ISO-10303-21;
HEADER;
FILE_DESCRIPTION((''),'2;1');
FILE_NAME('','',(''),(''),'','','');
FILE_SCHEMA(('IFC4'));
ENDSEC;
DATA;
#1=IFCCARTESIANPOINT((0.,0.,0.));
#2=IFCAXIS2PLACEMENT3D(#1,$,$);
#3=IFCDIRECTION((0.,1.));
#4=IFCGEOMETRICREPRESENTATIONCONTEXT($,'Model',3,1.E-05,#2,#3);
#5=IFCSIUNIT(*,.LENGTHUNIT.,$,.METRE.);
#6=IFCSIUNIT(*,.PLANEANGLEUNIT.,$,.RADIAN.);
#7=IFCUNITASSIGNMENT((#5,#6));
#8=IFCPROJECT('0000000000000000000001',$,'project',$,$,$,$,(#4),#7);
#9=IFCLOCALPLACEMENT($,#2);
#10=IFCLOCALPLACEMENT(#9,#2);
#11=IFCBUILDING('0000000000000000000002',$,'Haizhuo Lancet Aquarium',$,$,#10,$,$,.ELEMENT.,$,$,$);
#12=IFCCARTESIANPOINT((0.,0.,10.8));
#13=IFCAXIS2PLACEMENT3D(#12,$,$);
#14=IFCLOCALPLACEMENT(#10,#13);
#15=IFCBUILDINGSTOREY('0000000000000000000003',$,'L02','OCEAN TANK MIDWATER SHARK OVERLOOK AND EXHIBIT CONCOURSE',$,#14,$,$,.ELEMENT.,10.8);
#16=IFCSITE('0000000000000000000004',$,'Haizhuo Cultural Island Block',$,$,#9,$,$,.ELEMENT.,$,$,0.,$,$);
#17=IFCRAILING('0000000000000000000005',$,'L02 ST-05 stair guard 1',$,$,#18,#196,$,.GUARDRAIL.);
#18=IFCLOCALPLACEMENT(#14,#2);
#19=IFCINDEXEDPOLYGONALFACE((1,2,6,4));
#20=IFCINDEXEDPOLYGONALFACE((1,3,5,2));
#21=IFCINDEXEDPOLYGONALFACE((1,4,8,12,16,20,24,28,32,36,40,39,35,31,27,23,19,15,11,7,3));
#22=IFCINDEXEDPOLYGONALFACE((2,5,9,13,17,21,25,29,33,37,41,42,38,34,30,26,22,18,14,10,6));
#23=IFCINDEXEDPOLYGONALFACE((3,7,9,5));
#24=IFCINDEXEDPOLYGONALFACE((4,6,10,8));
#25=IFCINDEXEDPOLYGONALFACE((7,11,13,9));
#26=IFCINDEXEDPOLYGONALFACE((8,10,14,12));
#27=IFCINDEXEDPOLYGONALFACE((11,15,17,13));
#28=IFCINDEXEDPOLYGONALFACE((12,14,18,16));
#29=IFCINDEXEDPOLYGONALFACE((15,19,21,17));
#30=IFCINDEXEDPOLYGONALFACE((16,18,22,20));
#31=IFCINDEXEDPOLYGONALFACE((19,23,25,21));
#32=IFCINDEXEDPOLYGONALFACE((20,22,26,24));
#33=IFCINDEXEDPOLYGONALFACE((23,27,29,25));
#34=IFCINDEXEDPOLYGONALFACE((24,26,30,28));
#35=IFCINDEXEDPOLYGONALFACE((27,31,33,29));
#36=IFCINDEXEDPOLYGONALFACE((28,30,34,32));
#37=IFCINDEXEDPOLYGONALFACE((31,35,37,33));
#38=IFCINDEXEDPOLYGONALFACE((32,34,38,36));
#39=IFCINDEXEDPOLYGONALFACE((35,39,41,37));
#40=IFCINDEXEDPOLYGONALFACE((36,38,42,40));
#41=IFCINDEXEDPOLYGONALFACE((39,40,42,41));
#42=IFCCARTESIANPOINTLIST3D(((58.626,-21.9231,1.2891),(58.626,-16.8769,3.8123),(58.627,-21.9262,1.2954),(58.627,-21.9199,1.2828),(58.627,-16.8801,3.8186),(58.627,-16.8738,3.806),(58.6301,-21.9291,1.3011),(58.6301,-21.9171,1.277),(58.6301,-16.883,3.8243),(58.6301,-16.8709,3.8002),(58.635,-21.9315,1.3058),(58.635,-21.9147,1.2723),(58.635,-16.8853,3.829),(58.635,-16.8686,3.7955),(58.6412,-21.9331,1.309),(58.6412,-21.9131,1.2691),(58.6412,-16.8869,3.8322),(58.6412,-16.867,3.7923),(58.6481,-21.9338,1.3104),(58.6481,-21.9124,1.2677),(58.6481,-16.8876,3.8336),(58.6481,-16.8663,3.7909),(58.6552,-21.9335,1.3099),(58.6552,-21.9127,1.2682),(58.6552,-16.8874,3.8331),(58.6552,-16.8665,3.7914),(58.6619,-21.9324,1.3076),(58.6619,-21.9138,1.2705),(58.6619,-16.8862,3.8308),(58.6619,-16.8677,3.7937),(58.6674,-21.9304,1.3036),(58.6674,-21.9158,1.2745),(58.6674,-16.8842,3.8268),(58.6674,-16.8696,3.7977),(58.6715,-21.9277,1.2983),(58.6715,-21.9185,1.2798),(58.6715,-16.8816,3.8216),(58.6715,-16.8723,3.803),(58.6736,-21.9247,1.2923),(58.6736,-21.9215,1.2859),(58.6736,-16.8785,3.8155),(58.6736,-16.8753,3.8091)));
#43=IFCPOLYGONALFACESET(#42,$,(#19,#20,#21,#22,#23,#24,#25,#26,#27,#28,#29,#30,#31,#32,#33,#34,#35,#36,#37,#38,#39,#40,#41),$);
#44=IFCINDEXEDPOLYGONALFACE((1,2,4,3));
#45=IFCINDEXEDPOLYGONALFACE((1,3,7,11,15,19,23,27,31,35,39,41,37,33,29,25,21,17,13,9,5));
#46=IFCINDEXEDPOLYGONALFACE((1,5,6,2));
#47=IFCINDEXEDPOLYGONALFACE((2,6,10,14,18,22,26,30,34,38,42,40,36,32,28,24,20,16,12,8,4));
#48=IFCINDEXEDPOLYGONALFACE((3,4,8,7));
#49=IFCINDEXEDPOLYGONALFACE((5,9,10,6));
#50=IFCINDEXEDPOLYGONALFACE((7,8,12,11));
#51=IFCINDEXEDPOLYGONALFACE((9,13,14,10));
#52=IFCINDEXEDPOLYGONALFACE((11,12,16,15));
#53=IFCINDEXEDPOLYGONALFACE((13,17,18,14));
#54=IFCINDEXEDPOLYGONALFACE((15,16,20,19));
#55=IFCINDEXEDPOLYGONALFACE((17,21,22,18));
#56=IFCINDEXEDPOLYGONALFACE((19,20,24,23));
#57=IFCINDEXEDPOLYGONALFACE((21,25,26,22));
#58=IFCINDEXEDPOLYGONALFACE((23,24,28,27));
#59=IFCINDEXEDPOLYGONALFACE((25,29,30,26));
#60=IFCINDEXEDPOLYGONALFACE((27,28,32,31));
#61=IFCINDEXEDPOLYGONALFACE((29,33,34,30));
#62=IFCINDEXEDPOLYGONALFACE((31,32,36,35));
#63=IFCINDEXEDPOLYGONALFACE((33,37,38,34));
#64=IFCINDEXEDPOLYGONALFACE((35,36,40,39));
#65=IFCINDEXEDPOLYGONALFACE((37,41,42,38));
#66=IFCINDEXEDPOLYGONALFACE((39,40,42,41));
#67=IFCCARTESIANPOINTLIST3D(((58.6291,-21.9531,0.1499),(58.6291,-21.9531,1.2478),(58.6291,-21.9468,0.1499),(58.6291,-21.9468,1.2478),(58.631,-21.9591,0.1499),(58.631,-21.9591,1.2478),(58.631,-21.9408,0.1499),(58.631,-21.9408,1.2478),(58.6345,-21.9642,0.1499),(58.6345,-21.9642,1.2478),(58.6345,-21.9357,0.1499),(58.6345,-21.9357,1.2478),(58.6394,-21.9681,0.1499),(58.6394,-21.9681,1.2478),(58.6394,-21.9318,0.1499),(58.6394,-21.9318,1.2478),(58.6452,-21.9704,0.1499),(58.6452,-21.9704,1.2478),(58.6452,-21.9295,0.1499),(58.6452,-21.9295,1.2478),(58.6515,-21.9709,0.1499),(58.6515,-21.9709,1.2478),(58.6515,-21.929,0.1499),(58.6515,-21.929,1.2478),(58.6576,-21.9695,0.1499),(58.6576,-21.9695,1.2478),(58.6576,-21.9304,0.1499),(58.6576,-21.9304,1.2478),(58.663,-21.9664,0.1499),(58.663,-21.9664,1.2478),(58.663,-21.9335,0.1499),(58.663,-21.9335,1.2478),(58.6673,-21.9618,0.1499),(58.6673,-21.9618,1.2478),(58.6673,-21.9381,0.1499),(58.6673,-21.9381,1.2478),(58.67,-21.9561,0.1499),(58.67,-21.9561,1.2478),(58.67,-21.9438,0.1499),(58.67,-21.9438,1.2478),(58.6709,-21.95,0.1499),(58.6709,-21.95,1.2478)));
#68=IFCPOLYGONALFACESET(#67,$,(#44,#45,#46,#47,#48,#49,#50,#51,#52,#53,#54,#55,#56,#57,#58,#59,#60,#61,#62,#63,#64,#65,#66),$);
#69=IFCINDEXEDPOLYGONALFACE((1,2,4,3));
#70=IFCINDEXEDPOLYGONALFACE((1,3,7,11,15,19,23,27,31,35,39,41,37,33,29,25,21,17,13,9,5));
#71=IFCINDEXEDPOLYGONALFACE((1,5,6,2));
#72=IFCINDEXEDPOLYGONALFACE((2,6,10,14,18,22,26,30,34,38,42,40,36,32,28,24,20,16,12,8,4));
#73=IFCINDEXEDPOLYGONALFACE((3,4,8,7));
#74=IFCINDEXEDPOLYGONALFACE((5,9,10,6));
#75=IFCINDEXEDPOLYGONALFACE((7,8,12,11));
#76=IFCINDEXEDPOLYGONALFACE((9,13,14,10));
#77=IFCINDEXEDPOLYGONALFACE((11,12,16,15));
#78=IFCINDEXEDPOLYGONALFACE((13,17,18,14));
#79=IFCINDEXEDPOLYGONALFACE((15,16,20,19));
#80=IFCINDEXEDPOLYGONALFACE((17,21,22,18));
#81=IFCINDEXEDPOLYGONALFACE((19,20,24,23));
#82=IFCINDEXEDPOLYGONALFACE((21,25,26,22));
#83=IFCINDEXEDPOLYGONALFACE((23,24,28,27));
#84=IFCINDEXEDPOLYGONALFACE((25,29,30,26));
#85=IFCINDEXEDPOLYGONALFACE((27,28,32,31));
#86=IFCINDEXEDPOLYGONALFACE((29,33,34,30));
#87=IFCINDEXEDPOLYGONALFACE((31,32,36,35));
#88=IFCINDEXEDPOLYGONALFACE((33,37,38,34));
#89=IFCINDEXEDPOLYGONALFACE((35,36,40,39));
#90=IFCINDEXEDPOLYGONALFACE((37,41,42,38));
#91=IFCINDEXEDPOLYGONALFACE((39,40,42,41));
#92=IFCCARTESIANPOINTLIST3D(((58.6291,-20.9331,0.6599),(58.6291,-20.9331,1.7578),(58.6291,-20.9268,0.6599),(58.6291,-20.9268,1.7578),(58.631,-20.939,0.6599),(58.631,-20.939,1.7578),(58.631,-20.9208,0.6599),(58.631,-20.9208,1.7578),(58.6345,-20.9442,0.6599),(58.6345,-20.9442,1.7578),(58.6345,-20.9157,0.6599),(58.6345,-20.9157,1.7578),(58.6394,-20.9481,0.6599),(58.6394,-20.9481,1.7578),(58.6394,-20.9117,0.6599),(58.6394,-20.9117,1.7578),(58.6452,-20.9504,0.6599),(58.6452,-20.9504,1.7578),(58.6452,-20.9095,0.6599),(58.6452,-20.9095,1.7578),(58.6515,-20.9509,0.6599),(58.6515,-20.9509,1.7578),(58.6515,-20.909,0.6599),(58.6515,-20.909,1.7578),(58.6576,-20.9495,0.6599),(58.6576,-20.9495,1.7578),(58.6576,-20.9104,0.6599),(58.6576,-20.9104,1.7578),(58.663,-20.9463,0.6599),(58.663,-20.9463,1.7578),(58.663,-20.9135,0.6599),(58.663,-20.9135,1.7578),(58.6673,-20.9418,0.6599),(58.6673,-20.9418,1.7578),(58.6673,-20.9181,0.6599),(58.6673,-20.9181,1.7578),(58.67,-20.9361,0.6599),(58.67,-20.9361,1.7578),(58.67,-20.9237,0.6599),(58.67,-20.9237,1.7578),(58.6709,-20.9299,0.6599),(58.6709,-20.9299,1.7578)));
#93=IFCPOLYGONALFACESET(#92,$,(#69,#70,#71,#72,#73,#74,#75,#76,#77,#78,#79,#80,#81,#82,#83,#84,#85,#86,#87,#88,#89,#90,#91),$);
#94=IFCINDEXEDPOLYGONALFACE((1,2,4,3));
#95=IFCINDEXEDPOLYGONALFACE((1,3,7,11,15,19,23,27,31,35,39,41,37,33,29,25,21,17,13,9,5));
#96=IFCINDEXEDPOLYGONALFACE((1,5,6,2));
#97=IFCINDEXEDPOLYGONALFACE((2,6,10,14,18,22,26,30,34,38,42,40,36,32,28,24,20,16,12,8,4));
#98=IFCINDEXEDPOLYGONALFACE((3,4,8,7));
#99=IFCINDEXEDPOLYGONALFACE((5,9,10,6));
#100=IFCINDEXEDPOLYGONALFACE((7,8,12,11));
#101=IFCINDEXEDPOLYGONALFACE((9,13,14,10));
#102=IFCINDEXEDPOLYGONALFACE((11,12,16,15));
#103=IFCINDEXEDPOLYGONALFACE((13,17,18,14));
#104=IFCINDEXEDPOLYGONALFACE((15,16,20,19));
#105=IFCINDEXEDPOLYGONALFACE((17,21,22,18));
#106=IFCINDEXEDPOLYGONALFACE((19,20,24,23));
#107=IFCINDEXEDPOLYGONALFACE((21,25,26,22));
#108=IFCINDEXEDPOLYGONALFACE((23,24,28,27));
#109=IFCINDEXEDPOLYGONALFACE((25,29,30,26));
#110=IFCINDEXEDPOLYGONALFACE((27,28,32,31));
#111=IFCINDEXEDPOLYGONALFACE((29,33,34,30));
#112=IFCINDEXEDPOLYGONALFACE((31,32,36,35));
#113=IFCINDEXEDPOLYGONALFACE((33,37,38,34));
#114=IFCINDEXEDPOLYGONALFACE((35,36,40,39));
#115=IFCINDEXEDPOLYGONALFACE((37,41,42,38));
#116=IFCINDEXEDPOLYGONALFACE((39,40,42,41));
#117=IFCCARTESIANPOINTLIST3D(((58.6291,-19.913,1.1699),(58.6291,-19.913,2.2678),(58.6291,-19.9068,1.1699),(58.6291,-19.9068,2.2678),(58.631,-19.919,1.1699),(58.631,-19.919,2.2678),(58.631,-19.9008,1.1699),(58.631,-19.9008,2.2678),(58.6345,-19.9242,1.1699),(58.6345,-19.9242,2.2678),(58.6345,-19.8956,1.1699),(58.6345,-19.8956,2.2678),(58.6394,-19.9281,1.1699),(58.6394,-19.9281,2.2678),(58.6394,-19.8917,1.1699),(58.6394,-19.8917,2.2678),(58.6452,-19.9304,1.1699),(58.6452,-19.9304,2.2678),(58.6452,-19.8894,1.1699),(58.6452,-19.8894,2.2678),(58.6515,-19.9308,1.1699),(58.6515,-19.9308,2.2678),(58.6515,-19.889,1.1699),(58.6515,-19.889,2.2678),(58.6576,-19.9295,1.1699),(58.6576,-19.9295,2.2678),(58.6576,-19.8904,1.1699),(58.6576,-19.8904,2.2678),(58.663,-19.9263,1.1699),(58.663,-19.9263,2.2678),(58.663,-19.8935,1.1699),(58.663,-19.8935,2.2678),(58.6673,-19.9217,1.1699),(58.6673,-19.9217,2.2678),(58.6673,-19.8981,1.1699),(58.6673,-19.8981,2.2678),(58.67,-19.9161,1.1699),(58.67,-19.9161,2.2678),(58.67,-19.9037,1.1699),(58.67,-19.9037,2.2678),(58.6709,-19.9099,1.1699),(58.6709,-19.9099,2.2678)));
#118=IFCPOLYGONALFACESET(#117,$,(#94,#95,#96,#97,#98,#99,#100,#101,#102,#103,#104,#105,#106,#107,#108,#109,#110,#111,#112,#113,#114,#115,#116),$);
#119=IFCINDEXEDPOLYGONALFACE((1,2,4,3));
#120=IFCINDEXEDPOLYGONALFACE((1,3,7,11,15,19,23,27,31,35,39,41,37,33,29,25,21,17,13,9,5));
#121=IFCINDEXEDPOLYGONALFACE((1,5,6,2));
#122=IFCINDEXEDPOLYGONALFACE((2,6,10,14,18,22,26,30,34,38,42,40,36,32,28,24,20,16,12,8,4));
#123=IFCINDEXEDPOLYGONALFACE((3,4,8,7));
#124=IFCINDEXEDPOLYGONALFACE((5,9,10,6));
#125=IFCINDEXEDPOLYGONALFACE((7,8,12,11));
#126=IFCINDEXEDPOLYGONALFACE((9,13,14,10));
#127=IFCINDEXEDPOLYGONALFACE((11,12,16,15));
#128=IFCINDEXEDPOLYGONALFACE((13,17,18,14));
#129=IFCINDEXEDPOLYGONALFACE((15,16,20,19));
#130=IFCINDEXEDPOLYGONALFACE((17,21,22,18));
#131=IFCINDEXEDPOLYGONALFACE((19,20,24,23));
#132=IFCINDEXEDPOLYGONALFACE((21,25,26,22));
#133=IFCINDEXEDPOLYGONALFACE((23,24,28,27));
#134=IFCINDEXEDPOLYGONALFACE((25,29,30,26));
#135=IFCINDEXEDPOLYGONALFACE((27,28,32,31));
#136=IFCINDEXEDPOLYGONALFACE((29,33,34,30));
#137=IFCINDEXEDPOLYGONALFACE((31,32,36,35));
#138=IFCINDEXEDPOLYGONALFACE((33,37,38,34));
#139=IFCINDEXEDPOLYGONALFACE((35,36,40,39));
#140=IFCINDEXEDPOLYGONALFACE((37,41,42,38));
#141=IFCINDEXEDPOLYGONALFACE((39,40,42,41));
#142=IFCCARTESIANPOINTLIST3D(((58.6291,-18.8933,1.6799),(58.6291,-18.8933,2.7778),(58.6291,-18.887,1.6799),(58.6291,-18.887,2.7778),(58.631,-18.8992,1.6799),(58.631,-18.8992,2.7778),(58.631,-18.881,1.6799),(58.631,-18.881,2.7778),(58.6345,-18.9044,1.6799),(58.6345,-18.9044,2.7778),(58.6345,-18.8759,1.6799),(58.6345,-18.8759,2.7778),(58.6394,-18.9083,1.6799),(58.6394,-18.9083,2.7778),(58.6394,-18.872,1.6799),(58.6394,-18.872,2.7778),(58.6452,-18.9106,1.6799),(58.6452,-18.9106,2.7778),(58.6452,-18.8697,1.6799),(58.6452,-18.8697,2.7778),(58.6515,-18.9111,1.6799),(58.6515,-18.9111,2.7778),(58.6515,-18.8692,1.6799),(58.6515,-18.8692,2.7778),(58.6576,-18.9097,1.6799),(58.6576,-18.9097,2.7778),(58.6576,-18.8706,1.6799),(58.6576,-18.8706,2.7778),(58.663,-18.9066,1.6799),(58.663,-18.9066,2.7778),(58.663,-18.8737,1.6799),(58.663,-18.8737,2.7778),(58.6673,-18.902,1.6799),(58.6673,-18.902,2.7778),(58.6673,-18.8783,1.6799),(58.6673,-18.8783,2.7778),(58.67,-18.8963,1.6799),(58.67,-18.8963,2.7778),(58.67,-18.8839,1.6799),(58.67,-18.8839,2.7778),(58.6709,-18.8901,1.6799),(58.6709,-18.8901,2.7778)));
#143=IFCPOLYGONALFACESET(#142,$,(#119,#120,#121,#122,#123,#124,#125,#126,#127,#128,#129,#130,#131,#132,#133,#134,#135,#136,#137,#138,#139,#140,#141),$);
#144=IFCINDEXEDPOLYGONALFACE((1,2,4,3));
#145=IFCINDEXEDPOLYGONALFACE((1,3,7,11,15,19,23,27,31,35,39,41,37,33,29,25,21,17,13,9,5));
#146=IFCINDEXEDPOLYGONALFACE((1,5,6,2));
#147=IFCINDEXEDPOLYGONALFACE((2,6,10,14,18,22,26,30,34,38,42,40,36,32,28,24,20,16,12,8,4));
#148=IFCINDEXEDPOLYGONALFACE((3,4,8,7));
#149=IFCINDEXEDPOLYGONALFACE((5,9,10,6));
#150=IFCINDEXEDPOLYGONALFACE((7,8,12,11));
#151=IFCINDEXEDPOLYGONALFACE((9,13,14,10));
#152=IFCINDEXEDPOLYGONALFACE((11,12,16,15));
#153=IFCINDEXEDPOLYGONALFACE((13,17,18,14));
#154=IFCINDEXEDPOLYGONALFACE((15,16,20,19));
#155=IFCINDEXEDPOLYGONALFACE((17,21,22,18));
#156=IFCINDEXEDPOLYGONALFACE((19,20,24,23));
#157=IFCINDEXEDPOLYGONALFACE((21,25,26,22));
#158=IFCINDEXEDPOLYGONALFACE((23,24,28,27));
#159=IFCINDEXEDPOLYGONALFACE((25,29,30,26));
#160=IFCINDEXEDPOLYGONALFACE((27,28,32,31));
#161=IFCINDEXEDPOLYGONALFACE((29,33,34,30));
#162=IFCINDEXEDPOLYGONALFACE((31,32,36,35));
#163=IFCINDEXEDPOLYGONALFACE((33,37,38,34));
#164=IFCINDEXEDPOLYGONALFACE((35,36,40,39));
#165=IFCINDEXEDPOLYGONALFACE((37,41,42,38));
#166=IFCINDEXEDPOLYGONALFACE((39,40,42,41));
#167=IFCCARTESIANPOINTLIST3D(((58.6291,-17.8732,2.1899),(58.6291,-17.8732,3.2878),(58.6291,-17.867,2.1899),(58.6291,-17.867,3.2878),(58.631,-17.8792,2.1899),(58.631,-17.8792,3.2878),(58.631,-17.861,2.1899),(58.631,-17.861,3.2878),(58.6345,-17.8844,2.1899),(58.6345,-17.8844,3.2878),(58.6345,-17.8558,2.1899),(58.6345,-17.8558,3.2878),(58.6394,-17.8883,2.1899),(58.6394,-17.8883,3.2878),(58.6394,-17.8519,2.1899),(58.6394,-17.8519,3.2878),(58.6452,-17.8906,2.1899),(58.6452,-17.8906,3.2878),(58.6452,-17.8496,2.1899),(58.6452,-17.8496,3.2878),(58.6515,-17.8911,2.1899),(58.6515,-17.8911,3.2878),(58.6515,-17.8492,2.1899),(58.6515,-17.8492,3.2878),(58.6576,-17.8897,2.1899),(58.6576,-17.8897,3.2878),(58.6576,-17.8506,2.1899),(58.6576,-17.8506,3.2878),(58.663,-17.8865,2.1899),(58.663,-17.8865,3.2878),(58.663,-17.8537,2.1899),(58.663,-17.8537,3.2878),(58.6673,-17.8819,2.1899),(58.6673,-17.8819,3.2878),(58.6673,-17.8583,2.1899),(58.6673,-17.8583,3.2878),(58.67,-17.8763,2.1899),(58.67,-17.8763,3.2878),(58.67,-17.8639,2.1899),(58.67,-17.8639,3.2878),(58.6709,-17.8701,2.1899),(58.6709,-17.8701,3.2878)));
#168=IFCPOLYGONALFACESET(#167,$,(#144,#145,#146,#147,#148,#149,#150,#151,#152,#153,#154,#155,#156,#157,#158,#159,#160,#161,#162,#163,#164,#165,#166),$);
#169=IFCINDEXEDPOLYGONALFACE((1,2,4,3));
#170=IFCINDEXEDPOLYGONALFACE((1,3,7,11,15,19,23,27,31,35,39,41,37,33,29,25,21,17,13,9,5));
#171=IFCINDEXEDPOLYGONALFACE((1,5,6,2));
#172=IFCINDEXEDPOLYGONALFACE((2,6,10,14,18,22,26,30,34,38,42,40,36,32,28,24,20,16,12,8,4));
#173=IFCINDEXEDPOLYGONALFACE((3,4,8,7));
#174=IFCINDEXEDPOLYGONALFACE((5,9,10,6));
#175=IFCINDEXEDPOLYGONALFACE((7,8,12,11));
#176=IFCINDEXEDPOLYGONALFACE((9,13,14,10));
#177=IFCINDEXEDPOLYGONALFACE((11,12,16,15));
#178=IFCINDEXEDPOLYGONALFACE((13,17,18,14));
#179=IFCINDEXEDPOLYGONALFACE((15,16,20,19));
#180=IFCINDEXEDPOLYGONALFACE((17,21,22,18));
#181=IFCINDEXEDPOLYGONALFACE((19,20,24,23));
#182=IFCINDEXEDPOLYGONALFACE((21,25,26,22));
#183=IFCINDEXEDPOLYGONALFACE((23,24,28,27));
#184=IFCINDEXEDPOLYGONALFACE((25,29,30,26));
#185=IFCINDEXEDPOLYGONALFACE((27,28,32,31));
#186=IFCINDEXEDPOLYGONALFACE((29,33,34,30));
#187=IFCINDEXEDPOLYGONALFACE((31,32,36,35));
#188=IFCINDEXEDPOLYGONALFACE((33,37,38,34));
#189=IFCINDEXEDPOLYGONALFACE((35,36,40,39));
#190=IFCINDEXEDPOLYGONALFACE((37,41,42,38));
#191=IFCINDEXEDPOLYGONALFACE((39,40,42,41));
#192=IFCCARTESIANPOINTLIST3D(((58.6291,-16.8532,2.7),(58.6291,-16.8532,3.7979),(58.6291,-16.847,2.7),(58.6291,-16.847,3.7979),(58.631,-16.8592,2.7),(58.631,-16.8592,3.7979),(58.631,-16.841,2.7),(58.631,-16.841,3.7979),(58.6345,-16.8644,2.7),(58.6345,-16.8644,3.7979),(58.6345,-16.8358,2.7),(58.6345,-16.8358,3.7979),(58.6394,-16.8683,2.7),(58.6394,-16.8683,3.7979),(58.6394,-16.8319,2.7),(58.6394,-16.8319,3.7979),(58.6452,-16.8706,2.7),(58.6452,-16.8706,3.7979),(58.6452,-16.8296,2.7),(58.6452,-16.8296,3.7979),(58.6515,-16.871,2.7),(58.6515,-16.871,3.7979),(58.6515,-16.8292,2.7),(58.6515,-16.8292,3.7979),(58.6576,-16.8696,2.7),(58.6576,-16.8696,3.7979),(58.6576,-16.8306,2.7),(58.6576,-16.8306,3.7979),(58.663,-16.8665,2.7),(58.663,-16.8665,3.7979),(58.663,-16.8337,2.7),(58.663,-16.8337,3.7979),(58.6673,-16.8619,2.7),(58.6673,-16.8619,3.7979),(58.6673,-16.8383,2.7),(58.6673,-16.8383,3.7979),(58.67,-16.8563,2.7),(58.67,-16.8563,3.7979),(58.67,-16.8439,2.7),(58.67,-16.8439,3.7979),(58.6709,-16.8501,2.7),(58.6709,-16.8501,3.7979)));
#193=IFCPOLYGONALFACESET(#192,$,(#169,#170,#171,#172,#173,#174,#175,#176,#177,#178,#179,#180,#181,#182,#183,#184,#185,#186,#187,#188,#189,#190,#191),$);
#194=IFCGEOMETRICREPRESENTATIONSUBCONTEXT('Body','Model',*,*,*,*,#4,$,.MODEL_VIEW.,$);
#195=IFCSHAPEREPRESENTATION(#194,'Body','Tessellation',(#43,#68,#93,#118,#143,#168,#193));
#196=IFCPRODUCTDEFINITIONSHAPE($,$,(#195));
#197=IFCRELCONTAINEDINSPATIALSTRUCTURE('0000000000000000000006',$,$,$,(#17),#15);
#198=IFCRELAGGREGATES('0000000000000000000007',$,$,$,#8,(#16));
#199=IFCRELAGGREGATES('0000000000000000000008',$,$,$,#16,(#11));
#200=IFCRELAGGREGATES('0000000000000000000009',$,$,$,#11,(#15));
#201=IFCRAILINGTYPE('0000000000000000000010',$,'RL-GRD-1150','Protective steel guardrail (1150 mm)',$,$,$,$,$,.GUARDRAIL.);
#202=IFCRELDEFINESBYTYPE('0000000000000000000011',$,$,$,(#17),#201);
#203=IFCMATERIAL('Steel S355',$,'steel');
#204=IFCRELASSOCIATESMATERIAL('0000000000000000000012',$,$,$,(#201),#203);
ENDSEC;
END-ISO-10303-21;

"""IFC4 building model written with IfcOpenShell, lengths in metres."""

from ifc_helpers import new_model, si_unit, direction, frame, origin, origin_2d, place, context, subcontext, project, spatial, circle, extrude, material, type_object, element, save


model = new_model("IFC4")

# Units and contexts
model_context = context("Model", 3, precision=1e-05, world=origin(), true_north=direction((0.0, 1.0)))
body_context = subcontext(model_context, "Body", "Model", "MODEL_VIEW")
ifc_project = project(units=[si_unit("LENGTHUNIT", "METRE"), si_unit("PLANEANGLEUNIT", "RADIAN")], contexts=[model_context])

# Site, building, storey
site_placement = place(None, origin())
site = spatial("IfcSite", under=ifc_project, at=site_placement, Name="Haizhuo Cultural Island Block", CompositionType="ELEMENT", RefElevation=0.0)
building_placement = place(site_placement, origin())
building = spatial("IfcBuilding", under=site, at=building_placement, Name="Haizhuo Lancet Aquarium", CompositionType="ELEMENT")
storey_placement = place(building_placement, frame((0.0, 0.0, 10.8)))
storey = spatial("IfcBuildingStorey", under=building, at=storey_placement, Name="L02", Description="OCEAN TANK MIDWATER SHARK OVERLOOK AND EXHIBIT CONCOURSE", CompositionType="ELEMENT", Elevation=10.8)

# Shared definitions
ifc_material_1 = material(Name="Steel S355", Category="steel")

# Railing
railing_type_1 = type_object("IfcRailingType", Name="RL-GRD-1150", Description="Protective steel guardrail (1150 mm)", PredefinedType="GUARDRAIL", material=ifc_material_1)
railing_1_placement = place(storey_placement, frame((58.6499, -21.95, 0.1499)))
element("IfcRailing", 1, at=railing_1_placement, inside=storey, type_object=railing_type_1, Name="L02 ST-05 stair guard 1", PredefinedType="GUARDRAIL", context=body_context, shape_type="SweptSolid", body=[
    extrude(circle(Radius=0.0239, at=origin_2d()), frame((0.0, 0.0269, 1.1392), z_axis=(0.0, 0.894419, 0.447231), x_axis=(-1.0, 0.0, 0.0)), (0.0, 0.0, 1.0), 5.6418),
    extrude(circle(Radius=0.021, at=origin_2d()), origin(), (0.0, 0.0, 1.0), 1.0979),
    extrude(circle(Radius=0.021, at=origin_2d()), frame((0.0, 1.02, 0.51)), (0.0, 0.0, 1.0), 1.0979),
    extrude(circle(Radius=0.021, at=origin_2d()), frame((0.0, 2.04, 1.02)), (0.0, 0.0, 1.0), 1.0979),
    extrude(circle(Radius=0.021, at=origin_2d()), frame((0.0, 3.0598, 1.53)), (0.0, 0.0, 1.0), 1.0979),
    extrude(circle(Radius=0.021, at=origin_2d()), frame((0.0, 4.0798, 2.04)), (0.0, 0.0, 1.0), 1.0979),
    extrude(circle(Radius=0.021, at=origin_2d()), frame((0.0, 5.0999, 2.55)), (0.0, 0.0, 1.0), 1.0979),
])

save(model, "model.ifc")
